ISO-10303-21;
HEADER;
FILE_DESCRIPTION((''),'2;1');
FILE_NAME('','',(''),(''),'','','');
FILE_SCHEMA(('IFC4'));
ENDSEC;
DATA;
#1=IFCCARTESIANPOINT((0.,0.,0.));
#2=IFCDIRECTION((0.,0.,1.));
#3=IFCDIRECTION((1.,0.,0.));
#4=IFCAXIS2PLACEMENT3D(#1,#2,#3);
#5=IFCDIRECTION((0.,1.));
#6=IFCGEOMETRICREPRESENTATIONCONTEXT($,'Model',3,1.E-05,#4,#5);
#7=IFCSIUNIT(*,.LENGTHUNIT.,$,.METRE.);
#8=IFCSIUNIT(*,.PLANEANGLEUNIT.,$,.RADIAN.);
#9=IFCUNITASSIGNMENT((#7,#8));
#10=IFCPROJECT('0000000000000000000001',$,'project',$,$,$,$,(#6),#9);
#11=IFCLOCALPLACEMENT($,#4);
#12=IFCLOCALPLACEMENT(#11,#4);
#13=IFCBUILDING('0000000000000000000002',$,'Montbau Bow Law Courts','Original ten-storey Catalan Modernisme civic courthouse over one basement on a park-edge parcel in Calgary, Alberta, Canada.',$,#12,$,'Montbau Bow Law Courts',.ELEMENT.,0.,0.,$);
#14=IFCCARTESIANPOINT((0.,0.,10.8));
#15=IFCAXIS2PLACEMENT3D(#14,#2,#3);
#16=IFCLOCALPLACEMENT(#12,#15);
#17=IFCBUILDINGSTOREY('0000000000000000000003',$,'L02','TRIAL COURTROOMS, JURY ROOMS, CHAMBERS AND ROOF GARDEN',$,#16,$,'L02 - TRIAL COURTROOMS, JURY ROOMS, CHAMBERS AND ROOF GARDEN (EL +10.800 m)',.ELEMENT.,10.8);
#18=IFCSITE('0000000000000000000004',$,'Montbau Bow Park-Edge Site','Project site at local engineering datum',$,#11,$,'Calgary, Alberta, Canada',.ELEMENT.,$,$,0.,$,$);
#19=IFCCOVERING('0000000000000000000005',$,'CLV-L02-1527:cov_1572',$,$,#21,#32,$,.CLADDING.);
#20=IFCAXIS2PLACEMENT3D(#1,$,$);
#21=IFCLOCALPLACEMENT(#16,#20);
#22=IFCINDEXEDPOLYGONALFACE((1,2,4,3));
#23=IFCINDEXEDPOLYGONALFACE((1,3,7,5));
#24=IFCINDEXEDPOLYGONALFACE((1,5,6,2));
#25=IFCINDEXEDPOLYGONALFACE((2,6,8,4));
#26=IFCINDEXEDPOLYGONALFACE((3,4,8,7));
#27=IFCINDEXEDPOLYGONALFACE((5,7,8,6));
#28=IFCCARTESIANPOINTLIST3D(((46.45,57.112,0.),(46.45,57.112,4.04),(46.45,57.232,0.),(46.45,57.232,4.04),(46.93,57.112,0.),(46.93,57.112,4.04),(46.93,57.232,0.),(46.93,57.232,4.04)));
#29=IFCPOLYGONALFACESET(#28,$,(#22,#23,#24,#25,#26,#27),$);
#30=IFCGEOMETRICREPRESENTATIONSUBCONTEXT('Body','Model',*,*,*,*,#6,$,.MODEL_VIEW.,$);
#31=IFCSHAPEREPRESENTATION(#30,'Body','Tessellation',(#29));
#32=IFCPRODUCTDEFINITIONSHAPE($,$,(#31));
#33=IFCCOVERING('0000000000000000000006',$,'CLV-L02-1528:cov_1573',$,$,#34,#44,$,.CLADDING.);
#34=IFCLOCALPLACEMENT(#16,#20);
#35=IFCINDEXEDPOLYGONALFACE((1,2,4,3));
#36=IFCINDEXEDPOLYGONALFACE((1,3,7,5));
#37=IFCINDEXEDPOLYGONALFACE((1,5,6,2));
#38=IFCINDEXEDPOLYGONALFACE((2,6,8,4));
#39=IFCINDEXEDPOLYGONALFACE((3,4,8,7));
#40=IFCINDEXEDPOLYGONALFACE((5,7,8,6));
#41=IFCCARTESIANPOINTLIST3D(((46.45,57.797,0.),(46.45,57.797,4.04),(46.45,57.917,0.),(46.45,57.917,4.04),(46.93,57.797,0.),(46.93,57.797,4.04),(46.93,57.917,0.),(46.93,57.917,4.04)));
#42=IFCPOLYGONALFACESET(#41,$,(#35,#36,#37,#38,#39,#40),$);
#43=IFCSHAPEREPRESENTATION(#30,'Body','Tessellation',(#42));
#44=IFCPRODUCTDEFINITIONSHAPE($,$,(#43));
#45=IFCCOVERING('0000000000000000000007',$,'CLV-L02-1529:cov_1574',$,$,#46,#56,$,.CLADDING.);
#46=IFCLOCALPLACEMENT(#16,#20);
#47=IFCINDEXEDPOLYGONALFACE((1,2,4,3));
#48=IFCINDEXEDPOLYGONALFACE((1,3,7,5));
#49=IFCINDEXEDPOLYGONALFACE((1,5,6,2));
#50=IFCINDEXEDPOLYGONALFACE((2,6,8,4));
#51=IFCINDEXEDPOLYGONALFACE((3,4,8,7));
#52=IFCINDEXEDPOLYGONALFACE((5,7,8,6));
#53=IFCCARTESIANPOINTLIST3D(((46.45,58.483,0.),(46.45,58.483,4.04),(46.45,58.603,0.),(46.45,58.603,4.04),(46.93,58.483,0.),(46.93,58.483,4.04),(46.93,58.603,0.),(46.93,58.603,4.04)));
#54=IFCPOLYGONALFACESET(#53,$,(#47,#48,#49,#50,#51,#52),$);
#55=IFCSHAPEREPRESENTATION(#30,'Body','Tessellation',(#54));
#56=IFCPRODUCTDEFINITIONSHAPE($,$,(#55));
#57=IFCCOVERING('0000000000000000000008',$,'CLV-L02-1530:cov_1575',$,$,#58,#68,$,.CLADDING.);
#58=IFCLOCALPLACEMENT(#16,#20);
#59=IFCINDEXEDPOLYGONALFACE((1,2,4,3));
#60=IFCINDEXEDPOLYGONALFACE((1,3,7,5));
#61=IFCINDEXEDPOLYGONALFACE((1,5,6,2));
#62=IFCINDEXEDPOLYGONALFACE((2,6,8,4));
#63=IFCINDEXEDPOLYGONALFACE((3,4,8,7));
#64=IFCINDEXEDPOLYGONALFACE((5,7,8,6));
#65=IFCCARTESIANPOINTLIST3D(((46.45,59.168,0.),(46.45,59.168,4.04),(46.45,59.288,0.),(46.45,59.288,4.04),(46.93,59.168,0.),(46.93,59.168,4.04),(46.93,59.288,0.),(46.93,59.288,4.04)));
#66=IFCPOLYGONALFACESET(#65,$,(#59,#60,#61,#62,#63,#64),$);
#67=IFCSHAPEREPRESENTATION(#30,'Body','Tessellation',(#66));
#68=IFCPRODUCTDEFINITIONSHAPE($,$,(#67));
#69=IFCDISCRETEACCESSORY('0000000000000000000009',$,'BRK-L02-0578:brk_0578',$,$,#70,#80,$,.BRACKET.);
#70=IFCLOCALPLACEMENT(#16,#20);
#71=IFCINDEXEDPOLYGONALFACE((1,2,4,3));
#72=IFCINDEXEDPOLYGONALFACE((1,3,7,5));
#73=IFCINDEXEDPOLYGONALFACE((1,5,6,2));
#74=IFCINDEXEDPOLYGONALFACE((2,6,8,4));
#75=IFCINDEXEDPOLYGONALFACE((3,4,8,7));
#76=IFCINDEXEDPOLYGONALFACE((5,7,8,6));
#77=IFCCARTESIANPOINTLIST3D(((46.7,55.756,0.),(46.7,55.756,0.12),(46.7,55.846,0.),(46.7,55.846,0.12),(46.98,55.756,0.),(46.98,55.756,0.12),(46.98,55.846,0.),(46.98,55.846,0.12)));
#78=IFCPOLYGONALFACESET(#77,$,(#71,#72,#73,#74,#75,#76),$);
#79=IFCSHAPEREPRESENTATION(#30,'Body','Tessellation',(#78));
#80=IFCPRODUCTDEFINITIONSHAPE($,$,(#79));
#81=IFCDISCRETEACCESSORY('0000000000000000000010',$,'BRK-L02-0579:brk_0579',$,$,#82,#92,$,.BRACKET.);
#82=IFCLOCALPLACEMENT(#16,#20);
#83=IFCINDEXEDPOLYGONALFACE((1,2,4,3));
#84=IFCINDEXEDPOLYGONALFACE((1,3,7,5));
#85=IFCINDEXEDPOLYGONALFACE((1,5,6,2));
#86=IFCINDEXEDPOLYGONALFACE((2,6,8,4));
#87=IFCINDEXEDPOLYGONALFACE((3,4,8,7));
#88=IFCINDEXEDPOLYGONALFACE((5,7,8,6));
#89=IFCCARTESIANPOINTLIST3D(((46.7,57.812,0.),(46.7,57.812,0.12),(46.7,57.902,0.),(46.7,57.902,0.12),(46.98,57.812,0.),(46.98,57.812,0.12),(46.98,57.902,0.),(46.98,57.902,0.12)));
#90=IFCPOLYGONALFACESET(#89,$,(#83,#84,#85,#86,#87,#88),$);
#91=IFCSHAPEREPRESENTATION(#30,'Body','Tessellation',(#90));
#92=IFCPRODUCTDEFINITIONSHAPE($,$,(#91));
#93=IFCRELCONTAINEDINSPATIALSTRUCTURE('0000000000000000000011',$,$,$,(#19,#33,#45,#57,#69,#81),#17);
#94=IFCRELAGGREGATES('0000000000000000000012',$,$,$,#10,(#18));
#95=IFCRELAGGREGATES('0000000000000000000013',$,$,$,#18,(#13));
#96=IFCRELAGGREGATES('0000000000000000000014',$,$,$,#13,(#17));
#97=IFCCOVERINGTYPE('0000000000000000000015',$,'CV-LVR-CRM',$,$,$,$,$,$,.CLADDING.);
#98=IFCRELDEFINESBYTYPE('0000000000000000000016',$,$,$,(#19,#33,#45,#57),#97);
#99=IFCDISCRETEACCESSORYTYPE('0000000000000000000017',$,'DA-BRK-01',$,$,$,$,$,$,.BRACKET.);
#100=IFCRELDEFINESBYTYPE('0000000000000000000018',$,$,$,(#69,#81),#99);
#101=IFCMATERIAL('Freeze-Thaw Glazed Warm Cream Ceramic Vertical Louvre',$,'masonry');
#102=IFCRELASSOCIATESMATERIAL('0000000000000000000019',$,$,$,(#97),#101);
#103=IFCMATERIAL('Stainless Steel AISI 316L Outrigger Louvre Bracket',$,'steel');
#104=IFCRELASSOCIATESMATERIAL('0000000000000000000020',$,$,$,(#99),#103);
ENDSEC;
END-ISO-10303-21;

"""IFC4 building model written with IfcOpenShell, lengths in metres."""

from ifc_helpers import new_model, si_unit, direction, frame, frame_2d, origin_with_axes, origin_2d_with_axis, place, context, subcontext, project, spatial, rectangle, extrude, material, type_object, element, save


model = new_model("IFC4")

# Units and contexts
model_context = context("Model", 3, precision=1e-05, world=origin_with_axes(), true_north=direction((0.0, 1.0)))
body_context = subcontext(model_context, "Body", "Model", "MODEL_VIEW")
ifc_project = project(units=[si_unit("LENGTHUNIT", "METRE"), si_unit("PLANEANGLEUNIT", "RADIAN")], contexts=[model_context])

# Site, building, storey
site_placement = place(None, origin_with_axes())
site = spatial("IfcSite", under=ifc_project, at=site_placement, Name="Montbau Bow Park-Edge Site", Description="Project site at local engineering datum", LongName="Calgary, Alberta, Canada", CompositionType="ELEMENT", RefElevation=0.0)
building_placement = place(site_placement, origin_with_axes())
building = spatial("IfcBuilding", under=site, at=building_placement, Name="Montbau Bow Law Courts", Description="Original ten-storey Catalan Modernisme civic courthouse over one basement on a park-edge parcel in Calgary, Alberta, Canada.", LongName="Montbau Bow Law Courts", CompositionType="ELEMENT", ElevationOfRefHeight=0.0, ElevationOfTerrain=0.0)
storey_placement = place(building_placement, frame((0.0, 0.0, 10.8), z_axis=(0.0, 0.0, 1.0), x_axis=(1.0, 0.0, 0.0)))
storey = spatial("IfcBuildingStorey", under=building, at=storey_placement, Name="L02", Description="TRIAL COURTROOMS, JURY ROOMS, CHAMBERS AND ROOF GARDEN", LongName="L02 - TRIAL COURTROOMS, JURY ROOMS, CHAMBERS AND ROOF GARDEN (EL +10.800 m)", CompositionType="ELEMENT", Elevation=10.8)

# Coverings
ifc_material_1 = material(Name="Freeze-Thaw Glazed Warm Cream Ceramic Vertical Louvre", Category="masonry")
covering_type = type_object("IfcCoveringType", Name="CV-LVR-CRM", PredefinedType="CLADDING", material=ifc_material_1)
for number, where, z_axis, x_axis, name in (
    (1, (46.93, 57.172, 10.8), (0.0, 1.0, 0.0), (-1.0, 0.0, 0.0), "CLV-L02-1527:cov_1572"),
    (2, (46.93, 57.857, 10.8), (0.0, 1.0, 0.0), (-1.0, 0.0, 0.0), "CLV-L02-1528:cov_1573"),
    (3, (46.93, 58.543, 10.8), (0.0, 1.0, 0.0), (-1.0, 0.0, 0.0), "CLV-L02-1529:cov_1574"),
    (4, (46.93, 59.228, 10.8), (0.0, 1.0, 0.0), (-1.0, 0.0, 0.0), "CLV-L02-1530:cov_1575"),
):
    element("IfcCovering", number, at=place(None, frame(where, z_axis=z_axis, x_axis=x_axis)), inside=storey, type_object=covering_type, Name=name, PredefinedType="CLADDING", context=body_context, shape_type="SweptSolid", body=[
        extrude(rectangle(XDim=0.48, YDim=4.04, at=frame_2d((0.24, 2.02), x_axis=(1.0, 0.0))), frame((0.0, 0.0, -0.06), z_axis=(0.0, 0.0, 1.0), x_axis=(1.0, 0.0, 0.0)), (0.0, 0.0, 1.0), 0.12),
    ])

# Discrete accessories
ifc_material_2 = material(Name="Stainless Steel AISI 316L Outrigger Louvre Bracket", Category="steel")
discrete_accessory_type = type_object("IfcDiscreteAccessoryType", Name="DA-BRK-01", PredefinedType="BRACKET", material=ifc_material_2)
for number, where, z_axis, x_axis, name in (
    (5, (46.84, 55.801, 10.8), (0.0, 0.0, 1.0), (-1.0, 0.0, 0.0), "BRK-L02-0578:brk_0578"),
    (6, (46.84, 57.857, 10.8), (0.0, 0.0, 1.0), (-1.0, 0.0, 0.0), "BRK-L02-0579:brk_0579"),
):
    element("IfcDiscreteAccessory", number, at=place(None, frame(where, z_axis=z_axis, x_axis=x_axis)), inside=storey, type_object=discrete_accessory_type, Name=name, PredefinedType="BRACKET", context=body_context, shape_type="SweptSolid", body=[
        extrude(rectangle(XDim=0.28, YDim=0.09, at=origin_2d_with_axis()), origin_with_axes(), (0.0, 0.0, 1.0), 0.12),
    ])

save(model, "model.ifc")
